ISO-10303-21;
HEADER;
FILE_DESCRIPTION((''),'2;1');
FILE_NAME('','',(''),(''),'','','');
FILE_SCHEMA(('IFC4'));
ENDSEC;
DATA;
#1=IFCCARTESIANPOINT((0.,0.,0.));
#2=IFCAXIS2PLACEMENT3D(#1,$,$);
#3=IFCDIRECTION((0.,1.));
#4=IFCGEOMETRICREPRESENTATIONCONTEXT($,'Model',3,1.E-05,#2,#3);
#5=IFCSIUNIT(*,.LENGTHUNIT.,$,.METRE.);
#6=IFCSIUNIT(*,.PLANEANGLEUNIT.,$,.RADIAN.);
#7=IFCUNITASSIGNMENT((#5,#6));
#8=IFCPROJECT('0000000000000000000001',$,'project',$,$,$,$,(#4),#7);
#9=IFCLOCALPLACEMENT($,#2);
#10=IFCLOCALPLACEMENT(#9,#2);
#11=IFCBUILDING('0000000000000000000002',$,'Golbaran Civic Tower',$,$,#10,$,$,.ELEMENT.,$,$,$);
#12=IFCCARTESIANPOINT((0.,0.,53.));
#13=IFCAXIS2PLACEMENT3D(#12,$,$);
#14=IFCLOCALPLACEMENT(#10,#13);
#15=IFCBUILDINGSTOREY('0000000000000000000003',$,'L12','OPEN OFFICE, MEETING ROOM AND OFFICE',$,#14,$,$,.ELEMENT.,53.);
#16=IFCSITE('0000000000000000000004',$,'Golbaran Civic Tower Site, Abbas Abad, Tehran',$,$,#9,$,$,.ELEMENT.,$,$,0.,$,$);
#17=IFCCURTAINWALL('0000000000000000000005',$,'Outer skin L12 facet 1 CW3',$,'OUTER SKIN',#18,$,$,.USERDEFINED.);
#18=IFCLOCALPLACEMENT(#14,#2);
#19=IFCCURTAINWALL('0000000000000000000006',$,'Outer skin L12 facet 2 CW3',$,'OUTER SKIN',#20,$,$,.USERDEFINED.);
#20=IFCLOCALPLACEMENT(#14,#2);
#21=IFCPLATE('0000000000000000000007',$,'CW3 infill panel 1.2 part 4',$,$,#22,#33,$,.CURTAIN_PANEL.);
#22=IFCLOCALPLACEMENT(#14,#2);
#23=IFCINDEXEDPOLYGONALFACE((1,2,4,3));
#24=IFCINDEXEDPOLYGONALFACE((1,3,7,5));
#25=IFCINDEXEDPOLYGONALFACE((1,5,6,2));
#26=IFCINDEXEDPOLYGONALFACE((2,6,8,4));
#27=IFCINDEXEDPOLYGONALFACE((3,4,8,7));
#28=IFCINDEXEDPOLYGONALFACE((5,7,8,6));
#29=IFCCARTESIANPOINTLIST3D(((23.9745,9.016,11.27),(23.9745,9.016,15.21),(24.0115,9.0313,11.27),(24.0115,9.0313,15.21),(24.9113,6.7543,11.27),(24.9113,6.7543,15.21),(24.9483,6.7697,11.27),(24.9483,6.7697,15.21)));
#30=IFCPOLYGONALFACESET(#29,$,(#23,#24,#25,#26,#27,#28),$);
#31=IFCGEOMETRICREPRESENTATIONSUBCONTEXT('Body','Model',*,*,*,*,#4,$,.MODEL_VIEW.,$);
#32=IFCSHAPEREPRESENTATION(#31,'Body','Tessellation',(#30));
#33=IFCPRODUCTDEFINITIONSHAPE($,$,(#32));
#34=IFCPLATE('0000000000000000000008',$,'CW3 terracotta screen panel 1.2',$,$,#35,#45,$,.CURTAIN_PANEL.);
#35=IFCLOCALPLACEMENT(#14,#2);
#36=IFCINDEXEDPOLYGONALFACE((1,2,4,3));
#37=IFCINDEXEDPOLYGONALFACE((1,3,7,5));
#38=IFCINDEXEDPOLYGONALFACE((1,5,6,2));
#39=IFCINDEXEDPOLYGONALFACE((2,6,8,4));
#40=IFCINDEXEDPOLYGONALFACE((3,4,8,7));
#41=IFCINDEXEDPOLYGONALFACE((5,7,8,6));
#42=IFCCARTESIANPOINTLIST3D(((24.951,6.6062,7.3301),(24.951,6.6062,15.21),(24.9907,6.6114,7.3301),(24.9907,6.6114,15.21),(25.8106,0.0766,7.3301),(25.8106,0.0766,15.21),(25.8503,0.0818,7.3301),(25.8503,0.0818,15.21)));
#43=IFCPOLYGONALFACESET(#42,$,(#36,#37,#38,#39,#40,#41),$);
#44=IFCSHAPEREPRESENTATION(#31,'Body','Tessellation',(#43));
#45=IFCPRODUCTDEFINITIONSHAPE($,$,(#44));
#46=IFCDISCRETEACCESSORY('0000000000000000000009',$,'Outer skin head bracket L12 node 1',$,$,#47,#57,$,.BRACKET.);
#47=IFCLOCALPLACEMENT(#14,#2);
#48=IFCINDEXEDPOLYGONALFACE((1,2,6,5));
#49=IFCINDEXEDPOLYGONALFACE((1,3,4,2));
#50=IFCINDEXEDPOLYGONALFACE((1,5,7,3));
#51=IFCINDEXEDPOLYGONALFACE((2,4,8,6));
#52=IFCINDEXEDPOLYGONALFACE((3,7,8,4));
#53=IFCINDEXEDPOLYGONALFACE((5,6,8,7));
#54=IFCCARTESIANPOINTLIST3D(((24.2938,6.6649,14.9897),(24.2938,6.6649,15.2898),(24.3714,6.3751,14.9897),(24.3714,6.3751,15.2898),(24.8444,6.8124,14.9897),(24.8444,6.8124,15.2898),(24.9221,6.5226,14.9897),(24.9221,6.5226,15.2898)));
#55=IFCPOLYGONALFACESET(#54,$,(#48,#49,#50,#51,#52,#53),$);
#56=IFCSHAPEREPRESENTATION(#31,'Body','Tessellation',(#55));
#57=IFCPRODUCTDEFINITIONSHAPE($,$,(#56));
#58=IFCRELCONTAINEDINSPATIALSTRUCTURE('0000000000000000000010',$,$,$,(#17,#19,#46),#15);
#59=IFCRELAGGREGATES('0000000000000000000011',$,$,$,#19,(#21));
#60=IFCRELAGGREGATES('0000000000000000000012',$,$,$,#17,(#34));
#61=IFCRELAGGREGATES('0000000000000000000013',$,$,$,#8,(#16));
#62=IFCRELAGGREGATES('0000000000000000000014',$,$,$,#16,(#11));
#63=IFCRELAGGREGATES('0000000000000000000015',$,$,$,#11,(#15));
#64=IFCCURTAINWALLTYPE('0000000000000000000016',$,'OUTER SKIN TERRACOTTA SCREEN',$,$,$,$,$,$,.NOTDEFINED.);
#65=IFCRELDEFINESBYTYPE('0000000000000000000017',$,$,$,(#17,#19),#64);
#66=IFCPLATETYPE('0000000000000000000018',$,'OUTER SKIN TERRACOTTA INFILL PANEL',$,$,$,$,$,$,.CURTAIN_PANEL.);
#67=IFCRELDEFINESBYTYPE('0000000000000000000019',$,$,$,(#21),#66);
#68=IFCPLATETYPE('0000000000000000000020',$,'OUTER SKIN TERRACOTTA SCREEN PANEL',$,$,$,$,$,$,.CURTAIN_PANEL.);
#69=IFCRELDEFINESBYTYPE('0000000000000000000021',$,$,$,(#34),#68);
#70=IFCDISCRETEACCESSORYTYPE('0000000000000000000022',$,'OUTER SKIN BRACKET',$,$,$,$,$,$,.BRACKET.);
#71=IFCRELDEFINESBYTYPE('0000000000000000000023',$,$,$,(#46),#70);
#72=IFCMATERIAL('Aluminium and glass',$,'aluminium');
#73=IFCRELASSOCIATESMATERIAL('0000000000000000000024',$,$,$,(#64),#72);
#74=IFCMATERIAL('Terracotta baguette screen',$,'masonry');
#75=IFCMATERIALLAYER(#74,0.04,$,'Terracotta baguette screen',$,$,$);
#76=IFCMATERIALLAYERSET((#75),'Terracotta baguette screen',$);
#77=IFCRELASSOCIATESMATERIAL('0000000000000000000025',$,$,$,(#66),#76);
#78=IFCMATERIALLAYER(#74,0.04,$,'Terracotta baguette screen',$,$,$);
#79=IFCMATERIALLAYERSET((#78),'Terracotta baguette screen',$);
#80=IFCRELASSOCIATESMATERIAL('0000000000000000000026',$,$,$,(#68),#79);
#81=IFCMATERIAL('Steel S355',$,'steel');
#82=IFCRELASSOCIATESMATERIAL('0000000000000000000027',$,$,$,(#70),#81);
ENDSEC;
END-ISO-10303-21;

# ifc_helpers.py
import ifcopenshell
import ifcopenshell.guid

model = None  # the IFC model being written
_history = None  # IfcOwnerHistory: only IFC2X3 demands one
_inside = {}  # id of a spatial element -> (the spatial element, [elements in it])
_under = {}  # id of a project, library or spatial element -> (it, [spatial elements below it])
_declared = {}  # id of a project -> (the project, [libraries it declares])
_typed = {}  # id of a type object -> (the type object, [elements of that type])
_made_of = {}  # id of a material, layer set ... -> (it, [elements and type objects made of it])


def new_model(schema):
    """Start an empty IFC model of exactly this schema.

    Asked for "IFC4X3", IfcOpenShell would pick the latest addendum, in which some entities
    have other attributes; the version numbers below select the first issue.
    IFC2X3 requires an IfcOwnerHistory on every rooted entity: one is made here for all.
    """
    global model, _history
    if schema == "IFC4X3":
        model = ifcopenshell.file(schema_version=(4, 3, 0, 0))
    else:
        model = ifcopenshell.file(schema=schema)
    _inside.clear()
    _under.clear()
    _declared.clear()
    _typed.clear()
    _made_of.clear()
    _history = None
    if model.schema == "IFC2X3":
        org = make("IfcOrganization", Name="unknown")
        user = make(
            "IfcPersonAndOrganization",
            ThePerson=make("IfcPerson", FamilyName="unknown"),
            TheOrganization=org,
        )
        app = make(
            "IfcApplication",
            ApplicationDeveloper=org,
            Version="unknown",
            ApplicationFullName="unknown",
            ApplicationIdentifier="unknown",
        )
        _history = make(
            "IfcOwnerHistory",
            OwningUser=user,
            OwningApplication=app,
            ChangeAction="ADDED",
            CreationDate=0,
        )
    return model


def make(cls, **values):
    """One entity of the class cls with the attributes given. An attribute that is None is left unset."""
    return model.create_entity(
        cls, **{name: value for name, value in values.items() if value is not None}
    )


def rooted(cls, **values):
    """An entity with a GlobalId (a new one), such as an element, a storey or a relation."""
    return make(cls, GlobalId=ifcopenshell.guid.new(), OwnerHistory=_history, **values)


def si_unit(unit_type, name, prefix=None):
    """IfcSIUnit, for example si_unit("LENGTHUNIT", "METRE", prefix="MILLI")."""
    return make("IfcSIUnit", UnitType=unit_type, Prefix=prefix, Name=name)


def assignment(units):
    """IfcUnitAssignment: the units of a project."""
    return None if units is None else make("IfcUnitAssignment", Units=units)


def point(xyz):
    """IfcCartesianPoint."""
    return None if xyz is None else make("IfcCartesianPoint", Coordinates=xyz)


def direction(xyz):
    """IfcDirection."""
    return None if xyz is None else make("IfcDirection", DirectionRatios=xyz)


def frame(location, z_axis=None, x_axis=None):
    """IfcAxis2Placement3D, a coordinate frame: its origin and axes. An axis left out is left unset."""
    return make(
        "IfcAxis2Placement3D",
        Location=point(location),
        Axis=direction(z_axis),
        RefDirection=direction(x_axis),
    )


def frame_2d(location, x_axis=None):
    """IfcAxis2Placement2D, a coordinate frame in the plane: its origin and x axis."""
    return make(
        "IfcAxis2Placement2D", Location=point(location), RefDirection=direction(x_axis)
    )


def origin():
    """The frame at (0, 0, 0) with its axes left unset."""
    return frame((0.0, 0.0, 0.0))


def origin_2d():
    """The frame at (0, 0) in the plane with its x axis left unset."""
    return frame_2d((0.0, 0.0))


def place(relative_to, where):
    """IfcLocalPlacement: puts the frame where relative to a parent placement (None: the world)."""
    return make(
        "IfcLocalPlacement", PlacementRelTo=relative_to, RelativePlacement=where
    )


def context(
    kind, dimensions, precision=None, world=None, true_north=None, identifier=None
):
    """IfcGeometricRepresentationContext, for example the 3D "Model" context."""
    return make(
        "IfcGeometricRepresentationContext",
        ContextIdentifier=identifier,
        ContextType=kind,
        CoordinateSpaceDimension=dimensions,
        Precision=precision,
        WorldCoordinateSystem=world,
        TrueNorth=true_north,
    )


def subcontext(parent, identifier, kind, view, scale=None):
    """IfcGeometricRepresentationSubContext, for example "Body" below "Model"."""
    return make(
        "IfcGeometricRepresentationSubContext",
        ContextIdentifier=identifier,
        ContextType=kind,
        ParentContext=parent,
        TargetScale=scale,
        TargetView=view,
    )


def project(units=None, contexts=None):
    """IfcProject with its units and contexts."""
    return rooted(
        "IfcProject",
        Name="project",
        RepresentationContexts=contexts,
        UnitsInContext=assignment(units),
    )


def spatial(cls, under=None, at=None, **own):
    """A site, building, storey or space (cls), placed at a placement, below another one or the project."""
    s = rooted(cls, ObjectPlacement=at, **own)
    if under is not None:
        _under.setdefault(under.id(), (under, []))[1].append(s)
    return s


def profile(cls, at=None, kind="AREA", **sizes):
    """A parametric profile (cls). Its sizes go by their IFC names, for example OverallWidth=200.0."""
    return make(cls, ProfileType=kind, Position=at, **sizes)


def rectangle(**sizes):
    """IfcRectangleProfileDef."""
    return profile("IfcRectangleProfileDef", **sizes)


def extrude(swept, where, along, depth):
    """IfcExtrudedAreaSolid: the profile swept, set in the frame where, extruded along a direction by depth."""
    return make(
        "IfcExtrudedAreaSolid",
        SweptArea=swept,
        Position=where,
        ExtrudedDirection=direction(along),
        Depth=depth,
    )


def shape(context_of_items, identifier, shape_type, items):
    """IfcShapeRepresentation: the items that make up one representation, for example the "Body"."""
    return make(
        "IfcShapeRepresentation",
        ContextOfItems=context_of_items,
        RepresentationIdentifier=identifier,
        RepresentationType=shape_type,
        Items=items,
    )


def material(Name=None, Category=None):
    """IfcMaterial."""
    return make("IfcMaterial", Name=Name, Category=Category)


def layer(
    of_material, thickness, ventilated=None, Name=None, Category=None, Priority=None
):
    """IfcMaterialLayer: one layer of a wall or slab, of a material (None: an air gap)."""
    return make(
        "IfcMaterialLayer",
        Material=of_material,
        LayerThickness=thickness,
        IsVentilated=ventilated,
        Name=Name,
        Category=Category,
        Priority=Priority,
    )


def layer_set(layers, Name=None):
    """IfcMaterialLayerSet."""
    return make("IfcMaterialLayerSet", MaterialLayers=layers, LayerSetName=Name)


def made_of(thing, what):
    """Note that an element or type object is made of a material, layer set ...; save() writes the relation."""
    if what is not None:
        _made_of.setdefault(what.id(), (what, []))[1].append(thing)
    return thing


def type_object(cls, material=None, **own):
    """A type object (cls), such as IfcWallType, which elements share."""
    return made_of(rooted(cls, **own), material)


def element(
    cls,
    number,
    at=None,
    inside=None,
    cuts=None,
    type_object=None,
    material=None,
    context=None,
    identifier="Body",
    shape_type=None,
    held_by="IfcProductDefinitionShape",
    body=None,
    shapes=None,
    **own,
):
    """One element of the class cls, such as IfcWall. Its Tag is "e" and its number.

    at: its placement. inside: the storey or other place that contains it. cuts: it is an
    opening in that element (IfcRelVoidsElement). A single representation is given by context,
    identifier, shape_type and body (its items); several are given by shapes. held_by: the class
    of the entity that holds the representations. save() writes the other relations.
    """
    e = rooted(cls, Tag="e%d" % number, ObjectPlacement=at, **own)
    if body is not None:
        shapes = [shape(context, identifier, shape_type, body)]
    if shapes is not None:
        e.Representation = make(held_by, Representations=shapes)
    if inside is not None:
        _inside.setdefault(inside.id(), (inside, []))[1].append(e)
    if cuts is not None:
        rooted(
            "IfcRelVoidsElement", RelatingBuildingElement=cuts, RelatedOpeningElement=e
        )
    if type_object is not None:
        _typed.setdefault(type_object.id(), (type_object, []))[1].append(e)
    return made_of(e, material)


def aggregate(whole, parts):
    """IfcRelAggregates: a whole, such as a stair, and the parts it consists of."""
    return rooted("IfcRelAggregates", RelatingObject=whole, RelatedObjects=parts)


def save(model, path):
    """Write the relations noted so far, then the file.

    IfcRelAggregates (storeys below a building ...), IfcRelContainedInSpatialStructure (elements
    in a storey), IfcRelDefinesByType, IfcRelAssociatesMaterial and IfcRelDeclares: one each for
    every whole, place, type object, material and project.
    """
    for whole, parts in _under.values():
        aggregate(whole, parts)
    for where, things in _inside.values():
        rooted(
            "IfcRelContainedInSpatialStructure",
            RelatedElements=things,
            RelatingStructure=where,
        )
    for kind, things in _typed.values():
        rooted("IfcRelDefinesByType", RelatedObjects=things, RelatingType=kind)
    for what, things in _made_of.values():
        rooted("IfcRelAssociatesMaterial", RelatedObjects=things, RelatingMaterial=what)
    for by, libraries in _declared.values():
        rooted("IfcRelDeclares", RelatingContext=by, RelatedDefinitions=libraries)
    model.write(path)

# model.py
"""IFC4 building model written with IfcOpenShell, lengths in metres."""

from ifc_helpers import new_model, si_unit, direction, frame, origin, origin_2d, place, context, subcontext, project, spatial, rectangle, extrude, material, layer, layer_set, type_object, element, aggregate, save


model = new_model("IFC4")

# Units and contexts
model_context = context("Model", 3, precision=1e-05, world=origin(), true_north=direction((0.0, 1.0)))
body_context = subcontext(model_context, "Body", "Model", "MODEL_VIEW")
ifc_project = project(units=[si_unit("LENGTHUNIT", "METRE"), si_unit("PLANEANGLEUNIT", "RADIAN")], contexts=[model_context])

# Site, building, storey
site_placement = place(None, origin())
site = spatial("IfcSite", under=ifc_project, at=site_placement, Name="Golbaran Civic Tower Site, Abbas Abad, Tehran", CompositionType="ELEMENT", RefElevation=0.0)
building_placement = place(site_placement, origin())
building = spatial("IfcBuilding", under=site, at=building_placement, Name="Golbaran Civic Tower", CompositionType="ELEMENT")
storey_placement = place(building_placement, frame((0.0, 0.0, 53.0)))
storey = spatial("IfcBuildingStorey", under=building, at=storey_placement, Name="L12", Description="OPEN OFFICE, MEETING ROOM AND OFFICE", CompositionType="ELEMENT", Elevation=53.0)

# Curtain walls
ifc_material_1 = material(Name="Aluminium and glass", Category="aluminium")
curtain_wall_type_1 = type_object("IfcCurtainWallType", Name="OUTER SKIN TERRACOTTA SCREEN", PredefinedType="NOTDEFINED", material=ifc_material_1)
curtain_wall_1_placement = place(storey_placement, origin())
curtain_wall_1 = element("IfcCurtainWall", 1, at=curtain_wall_1_placement, inside=storey, type_object=curtain_wall_type_1, Name="Outer skin L12 facet 1 CW3", ObjectType="OUTER SKIN", PredefinedType="USERDEFINED")
curtain_wall_2_placement = place(storey_placement, origin())
curtain_wall_2 = element("IfcCurtainWall", 2, at=curtain_wall_2_placement, inside=storey, type_object=curtain_wall_type_1, Name="Outer skin L12 facet 2 CW3", ObjectType="OUTER SKIN", PredefinedType="USERDEFINED")

# Plates
ifc_material_2 = material(Name="Terracotta baguette screen", Category="masonry")
ifc_layer_1 = layer(ifc_material_2, 0.04, Name="Terracotta baguette screen")
ifc_layer_set_1 = layer_set([ifc_layer_1], Name="Terracotta baguette screen")
plate_type_1 = type_object("IfcPlateType", Name="OUTER SKIN TERRACOTTA INFILL PANEL", PredefinedType="CURTAIN_PANEL", material=ifc_layer_set_1)
plate_1_placement = place(storey_placement, frame((24.4614, 7.8928, 11.27), z_axis=(0.0, 0.0, 1.0), x_axis=(-0.382683, 0.92388, 0.0)))
plate_1 = element("IfcPlate", 3, at=plate_1_placement, type_object=plate_type_1, Name="CW3 infill panel 1.2 part 4", PredefinedType="CURTAIN_PANEL", context=body_context, shape_type="SweptSolid", body=[
    extrude(rectangle(XDim=2.448, YDim=0.04, at=origin_2d()), origin(), (0.0, 0.0, 1.0), 3.9399),
])
aggregate(curtain_wall_2, [plate_1])
ifc_layer_2 = layer(ifc_material_2, 0.04, Name="Terracotta baguette screen")
ifc_layer_set_2 = layer_set([ifc_layer_2], Name="Terracotta baguette screen")
plate_type_2 = type_object("IfcPlateType", Name="OUTER SKIN TERRACOTTA SCREEN PANEL", PredefinedType="CURTAIN_PANEL", material=ifc_layer_set_2)
plate_2_placement = place(storey_placement, frame((25.4006, 3.344, 7.3301), z_axis=(0.0, 0.0, 1.0), x_axis=(-0.130526, 0.991445, 0.0)))
plate_2 = element("IfcPlate", 4, at=plate_2_placement, type_object=plate_type_2, Name="CW3 terracotta screen panel 1.2", PredefinedType="CURTAIN_PANEL", context=body_context, shape_type="SweptSolid", body=[
    extrude(rectangle(XDim=6.5859, YDim=0.04, at=origin_2d()), origin(), (0.0, 0.0, 1.0), 7.8799),
])
aggregate(curtain_wall_1, [plate_2])

# Discrete accessory
ifc_material_3 = material(Name="Steel S355", Category="steel")
discrete_accessory_type = type_object("IfcDiscreteAccessoryType", Name="OUTER SKIN BRACKET", PredefinedType="BRACKET", material=ifc_material_3)
discrete_accessory_placement = place(storey_placement, frame((24.6079, 6.5938, 14.9897), z_axis=(0.0, 0.0, 1.0), x_axis=(0.965926, 0.258819, 0.0)))
element("IfcDiscreteAccessory", 5, at=discrete_accessory_placement, inside=storey, type_object=discrete_accessory_type, Name="Outer skin head bracket L12 node 1", PredefinedType="BRACKET", context=body_context, shape_type="SweptSolid", body=[
    extrude(rectangle(XDim=0.5701, YDim=0.3, at=origin_2d()), origin(), (0.0, 0.0, 1.0), 0.3),
])

save(model, "model.ifc")
